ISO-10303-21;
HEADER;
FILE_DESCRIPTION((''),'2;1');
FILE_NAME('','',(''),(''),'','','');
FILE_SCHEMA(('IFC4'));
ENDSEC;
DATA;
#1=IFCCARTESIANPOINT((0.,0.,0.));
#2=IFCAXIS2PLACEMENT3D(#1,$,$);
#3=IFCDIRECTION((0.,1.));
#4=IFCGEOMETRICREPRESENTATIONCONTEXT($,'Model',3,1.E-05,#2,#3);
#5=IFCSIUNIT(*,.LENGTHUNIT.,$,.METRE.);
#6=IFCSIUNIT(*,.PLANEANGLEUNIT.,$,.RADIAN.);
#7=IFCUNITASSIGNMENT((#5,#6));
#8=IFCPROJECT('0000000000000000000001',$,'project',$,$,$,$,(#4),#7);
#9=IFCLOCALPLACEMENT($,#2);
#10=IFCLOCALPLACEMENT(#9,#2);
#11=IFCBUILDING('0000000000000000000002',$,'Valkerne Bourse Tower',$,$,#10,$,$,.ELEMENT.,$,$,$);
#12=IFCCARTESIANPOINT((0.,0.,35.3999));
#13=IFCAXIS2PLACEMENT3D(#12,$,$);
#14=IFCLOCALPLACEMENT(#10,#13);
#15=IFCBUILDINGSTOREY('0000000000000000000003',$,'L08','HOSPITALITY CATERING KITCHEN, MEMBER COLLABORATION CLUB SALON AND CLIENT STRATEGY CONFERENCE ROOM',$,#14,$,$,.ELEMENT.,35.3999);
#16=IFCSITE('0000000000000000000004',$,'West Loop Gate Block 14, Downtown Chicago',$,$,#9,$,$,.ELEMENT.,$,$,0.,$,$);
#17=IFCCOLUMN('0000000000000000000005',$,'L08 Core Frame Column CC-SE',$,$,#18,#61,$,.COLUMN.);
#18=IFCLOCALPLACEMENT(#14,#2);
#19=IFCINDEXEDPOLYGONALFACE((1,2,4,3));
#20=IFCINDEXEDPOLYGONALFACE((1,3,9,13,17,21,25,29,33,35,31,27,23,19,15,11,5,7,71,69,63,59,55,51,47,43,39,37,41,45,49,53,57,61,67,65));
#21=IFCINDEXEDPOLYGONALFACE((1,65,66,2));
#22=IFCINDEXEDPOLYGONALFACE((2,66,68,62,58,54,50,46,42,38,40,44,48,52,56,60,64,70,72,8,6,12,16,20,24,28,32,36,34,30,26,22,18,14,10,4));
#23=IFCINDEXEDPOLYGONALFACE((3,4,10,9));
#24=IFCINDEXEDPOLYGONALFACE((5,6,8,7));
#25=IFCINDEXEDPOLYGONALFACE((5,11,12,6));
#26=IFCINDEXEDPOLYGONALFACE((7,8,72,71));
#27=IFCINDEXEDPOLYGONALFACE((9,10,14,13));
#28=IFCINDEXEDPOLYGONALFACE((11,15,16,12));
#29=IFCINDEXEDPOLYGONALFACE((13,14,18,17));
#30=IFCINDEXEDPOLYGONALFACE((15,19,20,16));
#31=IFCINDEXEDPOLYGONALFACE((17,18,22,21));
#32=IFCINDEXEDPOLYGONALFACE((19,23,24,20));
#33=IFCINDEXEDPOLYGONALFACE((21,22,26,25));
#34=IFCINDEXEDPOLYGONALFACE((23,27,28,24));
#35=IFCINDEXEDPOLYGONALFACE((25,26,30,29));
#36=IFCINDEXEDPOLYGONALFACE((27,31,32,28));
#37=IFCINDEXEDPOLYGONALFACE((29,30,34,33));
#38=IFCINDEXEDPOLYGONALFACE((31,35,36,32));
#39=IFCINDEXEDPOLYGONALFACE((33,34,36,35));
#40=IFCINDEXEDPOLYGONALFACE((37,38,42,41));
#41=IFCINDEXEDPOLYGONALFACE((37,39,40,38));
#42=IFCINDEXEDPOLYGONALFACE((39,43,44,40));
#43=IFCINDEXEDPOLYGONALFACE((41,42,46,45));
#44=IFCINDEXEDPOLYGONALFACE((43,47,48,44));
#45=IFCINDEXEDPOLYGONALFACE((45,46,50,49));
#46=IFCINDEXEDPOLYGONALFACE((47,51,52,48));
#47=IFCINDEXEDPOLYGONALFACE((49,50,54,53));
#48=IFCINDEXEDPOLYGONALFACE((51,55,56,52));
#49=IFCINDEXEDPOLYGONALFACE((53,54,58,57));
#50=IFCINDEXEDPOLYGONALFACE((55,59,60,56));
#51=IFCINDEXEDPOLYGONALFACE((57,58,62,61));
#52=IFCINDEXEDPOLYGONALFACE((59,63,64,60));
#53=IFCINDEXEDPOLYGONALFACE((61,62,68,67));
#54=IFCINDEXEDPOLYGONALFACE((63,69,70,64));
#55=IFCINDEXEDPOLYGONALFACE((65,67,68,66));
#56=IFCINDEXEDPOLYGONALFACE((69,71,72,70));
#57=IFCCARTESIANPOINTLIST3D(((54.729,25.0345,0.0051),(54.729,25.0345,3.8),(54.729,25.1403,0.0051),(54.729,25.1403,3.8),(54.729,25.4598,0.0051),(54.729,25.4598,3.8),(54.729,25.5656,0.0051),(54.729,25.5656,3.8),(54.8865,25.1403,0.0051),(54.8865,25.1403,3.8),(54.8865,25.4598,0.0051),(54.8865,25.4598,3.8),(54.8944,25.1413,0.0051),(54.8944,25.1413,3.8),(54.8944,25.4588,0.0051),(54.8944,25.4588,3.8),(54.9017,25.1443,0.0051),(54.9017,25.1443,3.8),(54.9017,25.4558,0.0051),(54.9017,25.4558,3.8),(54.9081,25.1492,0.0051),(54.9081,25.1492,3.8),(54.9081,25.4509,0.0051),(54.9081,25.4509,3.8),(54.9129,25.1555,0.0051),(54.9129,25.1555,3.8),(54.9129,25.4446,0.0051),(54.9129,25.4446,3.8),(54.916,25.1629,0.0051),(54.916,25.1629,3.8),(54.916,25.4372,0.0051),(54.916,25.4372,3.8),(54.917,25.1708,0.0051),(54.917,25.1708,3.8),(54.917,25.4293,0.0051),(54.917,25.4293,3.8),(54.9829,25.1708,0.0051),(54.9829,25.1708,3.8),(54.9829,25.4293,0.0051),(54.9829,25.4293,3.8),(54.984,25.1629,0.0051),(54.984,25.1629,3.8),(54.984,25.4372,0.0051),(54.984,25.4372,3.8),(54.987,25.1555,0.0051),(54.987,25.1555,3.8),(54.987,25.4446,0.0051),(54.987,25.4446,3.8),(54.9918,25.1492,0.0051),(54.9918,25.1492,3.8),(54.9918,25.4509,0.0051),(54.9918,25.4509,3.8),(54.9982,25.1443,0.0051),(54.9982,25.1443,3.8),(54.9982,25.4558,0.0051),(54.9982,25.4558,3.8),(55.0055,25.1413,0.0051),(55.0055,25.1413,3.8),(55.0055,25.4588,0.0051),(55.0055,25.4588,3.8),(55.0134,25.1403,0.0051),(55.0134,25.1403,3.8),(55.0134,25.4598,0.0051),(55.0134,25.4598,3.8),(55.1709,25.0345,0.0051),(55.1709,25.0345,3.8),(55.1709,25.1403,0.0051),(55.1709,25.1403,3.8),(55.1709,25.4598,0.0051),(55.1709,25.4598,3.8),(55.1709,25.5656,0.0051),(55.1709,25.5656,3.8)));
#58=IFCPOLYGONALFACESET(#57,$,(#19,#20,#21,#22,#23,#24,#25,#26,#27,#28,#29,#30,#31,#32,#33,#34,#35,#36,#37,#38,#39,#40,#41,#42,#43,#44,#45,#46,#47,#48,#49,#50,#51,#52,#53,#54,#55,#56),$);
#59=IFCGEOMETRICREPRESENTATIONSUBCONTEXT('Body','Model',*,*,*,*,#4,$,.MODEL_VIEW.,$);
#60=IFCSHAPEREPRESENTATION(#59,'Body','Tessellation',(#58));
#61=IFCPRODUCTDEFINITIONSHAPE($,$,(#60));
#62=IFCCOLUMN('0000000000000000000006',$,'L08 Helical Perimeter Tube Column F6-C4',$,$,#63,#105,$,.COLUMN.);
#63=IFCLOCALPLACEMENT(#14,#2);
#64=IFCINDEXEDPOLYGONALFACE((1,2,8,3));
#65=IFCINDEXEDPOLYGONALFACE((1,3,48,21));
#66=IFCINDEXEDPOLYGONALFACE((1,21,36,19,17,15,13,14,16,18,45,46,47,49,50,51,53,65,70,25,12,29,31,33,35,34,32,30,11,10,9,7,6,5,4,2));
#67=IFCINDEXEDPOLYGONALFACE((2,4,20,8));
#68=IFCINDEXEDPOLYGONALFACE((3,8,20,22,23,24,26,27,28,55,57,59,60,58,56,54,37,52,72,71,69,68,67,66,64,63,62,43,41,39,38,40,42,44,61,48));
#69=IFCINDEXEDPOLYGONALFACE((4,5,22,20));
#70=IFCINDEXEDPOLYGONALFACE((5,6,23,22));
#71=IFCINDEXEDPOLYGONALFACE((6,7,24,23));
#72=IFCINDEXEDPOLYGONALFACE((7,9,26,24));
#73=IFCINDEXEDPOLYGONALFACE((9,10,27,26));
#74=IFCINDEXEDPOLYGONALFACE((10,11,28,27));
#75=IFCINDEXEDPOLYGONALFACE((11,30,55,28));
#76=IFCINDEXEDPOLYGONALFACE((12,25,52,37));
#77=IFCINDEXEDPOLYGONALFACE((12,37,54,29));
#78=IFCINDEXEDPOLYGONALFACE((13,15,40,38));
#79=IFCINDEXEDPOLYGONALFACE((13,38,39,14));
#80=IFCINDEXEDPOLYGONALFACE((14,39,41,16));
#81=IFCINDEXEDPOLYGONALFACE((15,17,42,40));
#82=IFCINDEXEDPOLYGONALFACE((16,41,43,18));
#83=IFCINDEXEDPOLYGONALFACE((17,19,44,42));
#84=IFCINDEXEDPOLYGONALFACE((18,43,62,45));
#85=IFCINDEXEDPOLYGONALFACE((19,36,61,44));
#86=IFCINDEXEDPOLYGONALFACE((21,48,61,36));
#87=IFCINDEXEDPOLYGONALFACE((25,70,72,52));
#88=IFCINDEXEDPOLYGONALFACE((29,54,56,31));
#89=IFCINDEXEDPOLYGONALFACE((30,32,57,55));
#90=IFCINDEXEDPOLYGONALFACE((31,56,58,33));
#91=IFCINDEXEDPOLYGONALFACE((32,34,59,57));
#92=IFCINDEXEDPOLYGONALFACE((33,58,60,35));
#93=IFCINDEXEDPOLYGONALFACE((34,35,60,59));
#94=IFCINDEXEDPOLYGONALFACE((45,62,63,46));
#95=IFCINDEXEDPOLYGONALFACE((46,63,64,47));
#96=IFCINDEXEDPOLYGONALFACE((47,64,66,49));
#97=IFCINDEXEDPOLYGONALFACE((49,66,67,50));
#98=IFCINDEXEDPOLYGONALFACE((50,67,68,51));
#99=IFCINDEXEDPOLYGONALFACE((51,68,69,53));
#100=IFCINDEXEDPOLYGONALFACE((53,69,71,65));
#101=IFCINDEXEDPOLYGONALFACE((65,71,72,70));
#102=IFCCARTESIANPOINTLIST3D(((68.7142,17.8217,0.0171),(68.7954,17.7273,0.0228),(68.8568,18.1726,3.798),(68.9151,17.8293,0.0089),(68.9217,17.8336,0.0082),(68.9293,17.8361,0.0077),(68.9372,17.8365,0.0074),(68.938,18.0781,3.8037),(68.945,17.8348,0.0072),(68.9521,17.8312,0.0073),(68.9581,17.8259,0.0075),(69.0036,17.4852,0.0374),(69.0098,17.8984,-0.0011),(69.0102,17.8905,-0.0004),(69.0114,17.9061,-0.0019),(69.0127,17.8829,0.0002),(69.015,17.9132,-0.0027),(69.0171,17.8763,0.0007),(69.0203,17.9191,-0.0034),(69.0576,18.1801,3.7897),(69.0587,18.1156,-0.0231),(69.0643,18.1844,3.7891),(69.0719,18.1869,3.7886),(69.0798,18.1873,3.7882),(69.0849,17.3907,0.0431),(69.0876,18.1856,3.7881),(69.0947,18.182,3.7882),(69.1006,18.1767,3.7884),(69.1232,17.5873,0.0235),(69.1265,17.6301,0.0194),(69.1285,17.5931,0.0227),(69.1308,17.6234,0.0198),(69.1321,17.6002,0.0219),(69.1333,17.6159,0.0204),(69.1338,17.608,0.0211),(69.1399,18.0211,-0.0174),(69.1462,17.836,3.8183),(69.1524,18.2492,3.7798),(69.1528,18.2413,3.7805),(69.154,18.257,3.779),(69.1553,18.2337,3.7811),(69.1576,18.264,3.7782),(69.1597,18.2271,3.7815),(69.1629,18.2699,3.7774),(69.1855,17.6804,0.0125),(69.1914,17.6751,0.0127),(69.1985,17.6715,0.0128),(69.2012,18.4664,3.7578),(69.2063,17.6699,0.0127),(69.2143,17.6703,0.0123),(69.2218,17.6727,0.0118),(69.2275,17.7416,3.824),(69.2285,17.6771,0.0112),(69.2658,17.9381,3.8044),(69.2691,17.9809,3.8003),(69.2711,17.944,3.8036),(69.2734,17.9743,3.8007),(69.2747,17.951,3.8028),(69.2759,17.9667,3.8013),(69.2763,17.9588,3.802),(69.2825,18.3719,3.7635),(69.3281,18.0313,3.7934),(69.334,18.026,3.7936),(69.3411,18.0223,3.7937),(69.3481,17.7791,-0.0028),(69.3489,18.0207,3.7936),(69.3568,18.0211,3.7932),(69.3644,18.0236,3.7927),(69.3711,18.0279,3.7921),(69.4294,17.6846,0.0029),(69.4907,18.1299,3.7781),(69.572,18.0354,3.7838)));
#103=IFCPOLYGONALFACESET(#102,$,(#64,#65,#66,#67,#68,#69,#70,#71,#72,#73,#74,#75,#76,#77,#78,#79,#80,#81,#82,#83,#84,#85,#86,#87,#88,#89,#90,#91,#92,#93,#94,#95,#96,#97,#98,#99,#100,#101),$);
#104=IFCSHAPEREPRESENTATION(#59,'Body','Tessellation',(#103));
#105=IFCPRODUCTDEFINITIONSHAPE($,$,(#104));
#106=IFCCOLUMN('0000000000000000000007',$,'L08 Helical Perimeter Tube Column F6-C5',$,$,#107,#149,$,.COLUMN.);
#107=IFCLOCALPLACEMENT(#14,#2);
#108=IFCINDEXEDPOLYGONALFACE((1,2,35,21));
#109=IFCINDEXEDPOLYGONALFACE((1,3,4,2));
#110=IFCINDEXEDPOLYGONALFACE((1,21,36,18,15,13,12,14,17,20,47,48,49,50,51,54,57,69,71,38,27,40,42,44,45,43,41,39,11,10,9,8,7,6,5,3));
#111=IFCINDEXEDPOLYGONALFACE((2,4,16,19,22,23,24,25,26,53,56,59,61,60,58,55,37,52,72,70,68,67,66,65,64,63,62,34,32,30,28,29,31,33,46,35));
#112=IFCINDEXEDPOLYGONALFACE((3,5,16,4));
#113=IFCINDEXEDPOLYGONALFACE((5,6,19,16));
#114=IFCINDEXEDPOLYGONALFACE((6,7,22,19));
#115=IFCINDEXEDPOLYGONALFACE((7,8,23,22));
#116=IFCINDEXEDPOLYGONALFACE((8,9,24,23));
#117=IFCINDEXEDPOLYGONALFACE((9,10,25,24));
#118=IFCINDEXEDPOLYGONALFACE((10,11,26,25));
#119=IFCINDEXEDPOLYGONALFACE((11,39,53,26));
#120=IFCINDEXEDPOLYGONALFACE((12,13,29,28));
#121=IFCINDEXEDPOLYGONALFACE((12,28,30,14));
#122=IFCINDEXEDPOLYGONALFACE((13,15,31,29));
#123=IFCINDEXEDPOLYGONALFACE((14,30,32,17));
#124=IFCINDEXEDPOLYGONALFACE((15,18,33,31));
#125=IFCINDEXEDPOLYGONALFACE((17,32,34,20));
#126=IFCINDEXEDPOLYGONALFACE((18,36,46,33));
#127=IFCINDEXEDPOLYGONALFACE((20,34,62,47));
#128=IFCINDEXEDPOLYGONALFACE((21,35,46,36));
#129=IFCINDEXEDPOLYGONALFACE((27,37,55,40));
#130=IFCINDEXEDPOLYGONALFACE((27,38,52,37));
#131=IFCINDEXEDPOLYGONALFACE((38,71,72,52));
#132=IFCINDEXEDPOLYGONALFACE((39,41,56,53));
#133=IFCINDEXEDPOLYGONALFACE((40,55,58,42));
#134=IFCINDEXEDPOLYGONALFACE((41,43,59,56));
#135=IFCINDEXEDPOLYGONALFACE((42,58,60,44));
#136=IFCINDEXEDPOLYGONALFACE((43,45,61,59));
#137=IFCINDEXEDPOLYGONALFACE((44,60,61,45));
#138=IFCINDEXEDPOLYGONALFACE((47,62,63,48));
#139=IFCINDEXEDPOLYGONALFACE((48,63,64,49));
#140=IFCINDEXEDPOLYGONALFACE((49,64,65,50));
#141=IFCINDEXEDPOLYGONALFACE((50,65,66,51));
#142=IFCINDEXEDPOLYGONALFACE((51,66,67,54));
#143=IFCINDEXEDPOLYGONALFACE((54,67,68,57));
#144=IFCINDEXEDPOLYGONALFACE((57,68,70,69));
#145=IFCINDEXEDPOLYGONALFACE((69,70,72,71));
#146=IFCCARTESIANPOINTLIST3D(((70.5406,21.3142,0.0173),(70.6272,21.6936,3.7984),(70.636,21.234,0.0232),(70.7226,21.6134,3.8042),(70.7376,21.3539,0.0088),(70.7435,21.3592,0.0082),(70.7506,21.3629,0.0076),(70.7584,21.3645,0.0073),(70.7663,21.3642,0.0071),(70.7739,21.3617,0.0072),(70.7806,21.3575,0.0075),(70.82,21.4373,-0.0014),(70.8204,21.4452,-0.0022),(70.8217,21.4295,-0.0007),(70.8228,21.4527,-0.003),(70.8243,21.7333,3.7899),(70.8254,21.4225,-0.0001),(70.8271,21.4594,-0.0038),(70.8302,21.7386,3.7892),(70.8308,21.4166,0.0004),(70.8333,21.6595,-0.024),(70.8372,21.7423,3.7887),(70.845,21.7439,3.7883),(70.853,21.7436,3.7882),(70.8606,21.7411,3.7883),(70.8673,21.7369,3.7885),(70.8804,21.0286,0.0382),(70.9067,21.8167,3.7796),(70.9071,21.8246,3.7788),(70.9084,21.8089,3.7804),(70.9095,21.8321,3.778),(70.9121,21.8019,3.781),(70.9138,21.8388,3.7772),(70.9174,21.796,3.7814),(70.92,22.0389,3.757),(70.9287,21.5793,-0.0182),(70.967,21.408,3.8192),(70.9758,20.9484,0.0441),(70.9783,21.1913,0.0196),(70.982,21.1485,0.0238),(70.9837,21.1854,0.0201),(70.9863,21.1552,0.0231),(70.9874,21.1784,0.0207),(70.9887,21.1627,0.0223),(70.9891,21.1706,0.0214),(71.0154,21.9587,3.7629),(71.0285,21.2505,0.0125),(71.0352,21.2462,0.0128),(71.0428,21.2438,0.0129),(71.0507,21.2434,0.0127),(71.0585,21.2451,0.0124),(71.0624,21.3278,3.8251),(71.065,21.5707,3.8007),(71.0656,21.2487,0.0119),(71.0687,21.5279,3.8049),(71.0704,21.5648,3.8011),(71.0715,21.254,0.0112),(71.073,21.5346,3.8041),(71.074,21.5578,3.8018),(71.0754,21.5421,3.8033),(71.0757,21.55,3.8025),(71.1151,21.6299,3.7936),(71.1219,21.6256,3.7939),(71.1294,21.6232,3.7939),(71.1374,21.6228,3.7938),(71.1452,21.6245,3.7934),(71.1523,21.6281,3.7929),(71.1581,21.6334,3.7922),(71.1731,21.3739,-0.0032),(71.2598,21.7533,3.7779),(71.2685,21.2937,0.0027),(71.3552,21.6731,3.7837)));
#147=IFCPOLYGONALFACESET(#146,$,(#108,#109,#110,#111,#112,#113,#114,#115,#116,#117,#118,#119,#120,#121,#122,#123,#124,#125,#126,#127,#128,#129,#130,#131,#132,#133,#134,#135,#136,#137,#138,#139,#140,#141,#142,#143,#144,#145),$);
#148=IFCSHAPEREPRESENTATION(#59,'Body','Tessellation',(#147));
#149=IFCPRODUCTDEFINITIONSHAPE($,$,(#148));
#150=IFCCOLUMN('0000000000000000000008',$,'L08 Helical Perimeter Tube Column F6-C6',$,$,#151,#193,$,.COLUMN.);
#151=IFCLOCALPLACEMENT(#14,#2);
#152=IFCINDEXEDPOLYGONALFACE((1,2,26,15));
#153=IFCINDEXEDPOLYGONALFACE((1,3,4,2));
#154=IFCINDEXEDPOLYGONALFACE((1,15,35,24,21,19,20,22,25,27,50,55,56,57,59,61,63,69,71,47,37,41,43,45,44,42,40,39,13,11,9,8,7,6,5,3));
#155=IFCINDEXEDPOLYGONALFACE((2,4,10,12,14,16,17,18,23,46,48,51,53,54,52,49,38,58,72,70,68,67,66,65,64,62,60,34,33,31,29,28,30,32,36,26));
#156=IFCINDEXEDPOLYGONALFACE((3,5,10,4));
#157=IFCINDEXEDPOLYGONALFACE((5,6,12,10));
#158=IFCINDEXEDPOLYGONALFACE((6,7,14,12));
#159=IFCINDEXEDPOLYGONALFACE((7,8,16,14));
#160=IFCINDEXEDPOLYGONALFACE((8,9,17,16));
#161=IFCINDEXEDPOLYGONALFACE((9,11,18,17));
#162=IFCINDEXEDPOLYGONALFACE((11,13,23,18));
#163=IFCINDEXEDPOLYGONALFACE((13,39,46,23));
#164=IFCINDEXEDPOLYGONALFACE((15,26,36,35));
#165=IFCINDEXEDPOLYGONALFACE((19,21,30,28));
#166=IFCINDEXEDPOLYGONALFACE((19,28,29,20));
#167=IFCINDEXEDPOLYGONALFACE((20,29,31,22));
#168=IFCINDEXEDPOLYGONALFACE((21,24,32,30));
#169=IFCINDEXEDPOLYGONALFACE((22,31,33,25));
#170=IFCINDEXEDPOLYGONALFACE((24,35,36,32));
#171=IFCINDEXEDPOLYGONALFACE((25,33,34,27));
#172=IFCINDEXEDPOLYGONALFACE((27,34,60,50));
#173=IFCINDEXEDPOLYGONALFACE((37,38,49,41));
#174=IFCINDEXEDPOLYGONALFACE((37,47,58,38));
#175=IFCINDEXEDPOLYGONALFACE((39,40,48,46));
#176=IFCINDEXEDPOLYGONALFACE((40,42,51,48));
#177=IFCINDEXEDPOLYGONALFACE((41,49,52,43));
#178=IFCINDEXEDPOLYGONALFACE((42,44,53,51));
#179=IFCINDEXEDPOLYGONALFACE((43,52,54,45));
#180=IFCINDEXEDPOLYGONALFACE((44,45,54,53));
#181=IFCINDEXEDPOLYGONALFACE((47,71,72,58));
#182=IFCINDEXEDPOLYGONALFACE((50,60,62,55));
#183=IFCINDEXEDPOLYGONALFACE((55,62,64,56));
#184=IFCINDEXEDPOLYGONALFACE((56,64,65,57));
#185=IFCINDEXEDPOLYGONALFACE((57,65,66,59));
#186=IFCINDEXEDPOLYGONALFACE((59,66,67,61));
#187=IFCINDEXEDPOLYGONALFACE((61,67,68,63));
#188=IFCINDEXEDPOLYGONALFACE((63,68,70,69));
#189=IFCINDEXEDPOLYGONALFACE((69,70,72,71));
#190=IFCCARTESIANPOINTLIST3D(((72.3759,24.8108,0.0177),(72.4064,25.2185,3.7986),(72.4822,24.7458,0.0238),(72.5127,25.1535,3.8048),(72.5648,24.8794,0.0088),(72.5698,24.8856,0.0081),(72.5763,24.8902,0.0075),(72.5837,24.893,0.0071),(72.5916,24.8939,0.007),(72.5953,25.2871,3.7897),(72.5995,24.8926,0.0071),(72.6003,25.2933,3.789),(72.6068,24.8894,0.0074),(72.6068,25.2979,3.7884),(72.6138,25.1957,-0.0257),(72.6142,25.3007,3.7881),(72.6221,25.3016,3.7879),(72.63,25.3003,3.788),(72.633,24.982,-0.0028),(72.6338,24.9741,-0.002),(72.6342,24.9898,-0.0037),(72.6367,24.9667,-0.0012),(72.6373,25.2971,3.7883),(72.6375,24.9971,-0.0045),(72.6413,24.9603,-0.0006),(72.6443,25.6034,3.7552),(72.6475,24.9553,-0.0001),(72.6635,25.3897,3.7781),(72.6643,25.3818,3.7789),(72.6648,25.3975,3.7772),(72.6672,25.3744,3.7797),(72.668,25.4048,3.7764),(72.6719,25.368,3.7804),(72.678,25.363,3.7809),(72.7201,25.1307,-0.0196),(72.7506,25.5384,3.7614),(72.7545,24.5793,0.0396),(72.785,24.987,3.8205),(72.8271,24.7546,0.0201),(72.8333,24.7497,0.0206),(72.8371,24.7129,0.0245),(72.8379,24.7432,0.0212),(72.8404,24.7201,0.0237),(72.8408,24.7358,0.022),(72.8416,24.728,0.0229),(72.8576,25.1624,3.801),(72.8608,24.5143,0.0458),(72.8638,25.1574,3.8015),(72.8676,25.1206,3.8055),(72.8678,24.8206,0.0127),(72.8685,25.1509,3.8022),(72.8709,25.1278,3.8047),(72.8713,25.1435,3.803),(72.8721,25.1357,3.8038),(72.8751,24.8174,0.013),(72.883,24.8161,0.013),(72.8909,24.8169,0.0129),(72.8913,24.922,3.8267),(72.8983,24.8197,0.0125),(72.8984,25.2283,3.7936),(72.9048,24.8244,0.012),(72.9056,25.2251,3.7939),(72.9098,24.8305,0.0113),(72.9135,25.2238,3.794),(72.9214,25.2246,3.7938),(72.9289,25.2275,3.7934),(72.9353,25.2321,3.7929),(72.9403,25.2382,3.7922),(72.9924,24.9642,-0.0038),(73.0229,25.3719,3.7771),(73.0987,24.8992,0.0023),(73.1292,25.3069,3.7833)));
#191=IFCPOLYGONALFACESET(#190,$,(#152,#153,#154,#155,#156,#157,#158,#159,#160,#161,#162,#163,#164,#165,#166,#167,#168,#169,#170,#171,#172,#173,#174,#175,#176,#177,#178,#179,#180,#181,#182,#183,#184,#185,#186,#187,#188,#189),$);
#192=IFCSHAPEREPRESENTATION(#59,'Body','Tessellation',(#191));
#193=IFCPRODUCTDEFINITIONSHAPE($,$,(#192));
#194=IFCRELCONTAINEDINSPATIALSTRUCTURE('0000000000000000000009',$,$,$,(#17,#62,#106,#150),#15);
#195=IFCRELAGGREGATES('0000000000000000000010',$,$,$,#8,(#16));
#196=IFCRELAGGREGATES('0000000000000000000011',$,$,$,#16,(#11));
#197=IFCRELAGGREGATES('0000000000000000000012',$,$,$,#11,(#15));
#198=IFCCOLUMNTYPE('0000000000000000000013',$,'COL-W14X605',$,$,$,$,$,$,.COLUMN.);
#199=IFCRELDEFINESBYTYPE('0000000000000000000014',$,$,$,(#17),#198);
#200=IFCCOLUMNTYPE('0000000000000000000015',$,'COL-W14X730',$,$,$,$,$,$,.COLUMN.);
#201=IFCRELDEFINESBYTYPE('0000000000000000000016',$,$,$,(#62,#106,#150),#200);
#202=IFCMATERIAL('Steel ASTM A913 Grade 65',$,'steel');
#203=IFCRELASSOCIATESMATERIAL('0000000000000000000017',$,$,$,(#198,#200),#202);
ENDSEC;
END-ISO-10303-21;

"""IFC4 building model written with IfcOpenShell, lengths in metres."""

from ifc_helpers import new_model, si_unit, direction, frame, origin, origin_2d, place, context, subcontext, project, spatial, i_section, extrude, material, material_profile, profile_set, type_object, element, save


model = new_model("IFC4")

# Units and contexts
model_context = context("Model", 3, precision=1e-05, world=origin(), true_north=direction((0.0, 1.0)))
body_context = subcontext(model_context, "Body", "Model", "MODEL_VIEW")
ifc_project = project(units=[si_unit("LENGTHUNIT", "METRE"), si_unit("PLANEANGLEUNIT", "RADIAN")], contexts=[model_context])

# Site, building, storey
site_placement = place(None, origin())
site = spatial("IfcSite", under=ifc_project, at=site_placement, Name="West Loop Gate Block 14, Downtown Chicago", CompositionType="ELEMENT", RefElevation=0.0)
building_placement = place(site_placement, origin())
building = spatial("IfcBuilding", under=site, at=building_placement, Name="Valkerne Bourse Tower", CompositionType="ELEMENT")
storey_placement = place(building_placement, frame((0.0, 0.0, 35.3999)))
storey = spatial("IfcBuildingStorey", under=building, at=storey_placement, Name="L08", Description="HOSPITALITY CATERING KITCHEN, MEMBER COLLABORATION CLUB SALON AND CLIENT STRATEGY CONFERENCE ROOM", CompositionType="ELEMENT", Elevation=35.3999)

# Columns
ifc_material_1 = material(Name="Steel ASTM A913 Grade 65", Category="steel")
ifc_material_profile_1 = material_profile(ifc_material_1, i_section(OverallWidth=0.4419, OverallDepth=0.531, WebThickness=0.0659, FlangeThickness=0.1057, FilletRadius=0.0305, at=origin_2d()), Name="W14X605")
ifc_profile_set_1 = profile_set([ifc_material_profile_1], Name="Steel ASTM A913 Grade 65")
column_type_1 = type_object("IfcColumnType", Name="COL-W14X605", PredefinedType="COLUMN", material=ifc_profile_set_1)
column_1_placement = place(storey_placement, frame((54.95, 25.3, 0.0051), z_axis=(0.0, 0.0, 1.0), x_axis=(1.0, 0.0, 0.0)))
element("IfcColumn", 1, at=column_1_placement, inside=storey, type_object=column_type_1, Name="L08 Core Frame Column CC-SE", PredefinedType="COLUMN", context=body_context, shape_type="SweptSolid", body=[
    extrude(i_section(OverallWidth=0.4419, OverallDepth=0.531, WebThickness=0.0659, FlangeThickness=0.1057, FilletRadius=0.0305, at=origin_2d()), origin(), (0.0, 0.0, 1.0), 3.7949),
])
ifc_material_profile_2 = material_profile(ifc_material_1, i_section(OverallWidth=0.4546, OverallDepth=0.5691, WebThickness=0.0779, FlangeThickness=0.1248, FilletRadius=0.0305, at=origin_2d()), Name="W14X730")
ifc_profile_set_2 = profile_set([ifc_material_profile_2], Name="Steel ASTM A913 Grade 65")
column_type_2 = type_object("IfcColumnType", Name="COL-W14X730", PredefinedType="COLUMN", material=ifc_profile_set_2)
column_2_placement = place(storey_placement, frame((69.0718, 17.7532, 0.01), z_axis=(0.037521, 0.092326, 0.995022), x_axis=(-0.757798, -0.646451, 0.088558)))
element("IfcColumn", 2, at=column_2_placement, inside=storey, type_object=column_type_2, Name="L08 Helical Perimeter Tube Column F6-C4", PredefinedType="COLUMN", context=body_context, shape_type="SweptSolid", body=[
    extrude(i_section(OverallWidth=0.4546, OverallDepth=0.5691, WebThickness=0.0779, FlangeThickness=0.1248, FilletRadius=0.0305, at=origin_2d()), origin(), (0.0, 0.0, 1.0), 3.7998),
])
column_3_placement = place(storey_placement, frame((70.9045, 21.304, 0.01), z_axis=(0.022802, 0.099815, 0.994745), x_axis=(-0.643991, -0.759604, 0.090982)))
element("IfcColumn", 3, at=column_3_placement, inside=storey, type_object=column_type_2, Name="L08 Helical Perimeter Tube Column F6-C5", PredefinedType="COLUMN", context=body_context, shape_type="SweptSolid", body=[
    extrude(i_section(OverallWidth=0.4546, OverallDepth=0.5691, WebThickness=0.0779, FlangeThickness=0.1248, FilletRadius=0.0305, at=origin_2d()), origin(), (0.0, 0.0, 1.0), 3.801),
])
column_4_placement = place(storey_placement, frame((72.7373, 24.855, 0.01), z_axis=(0.008025, 0.107207, 0.994204), x_axis=(-0.523313, -0.846768, 0.095533)))
element("IfcColumn", 4, at=column_4_placement, inside=storey, type_object=column_type_2, Name="L08 Helical Perimeter Tube Column F6-C6", PredefinedType="COLUMN", context=body_context, shape_type="SweptSolid", body=[
    extrude(i_section(OverallWidth=0.4546, OverallDepth=0.5691, WebThickness=0.0779, FlangeThickness=0.1248, FilletRadius=0.0305, at=origin_2d()), origin(), (0.0, 0.0, 1.0), 3.803),
])

save(model, "model.ifc")
